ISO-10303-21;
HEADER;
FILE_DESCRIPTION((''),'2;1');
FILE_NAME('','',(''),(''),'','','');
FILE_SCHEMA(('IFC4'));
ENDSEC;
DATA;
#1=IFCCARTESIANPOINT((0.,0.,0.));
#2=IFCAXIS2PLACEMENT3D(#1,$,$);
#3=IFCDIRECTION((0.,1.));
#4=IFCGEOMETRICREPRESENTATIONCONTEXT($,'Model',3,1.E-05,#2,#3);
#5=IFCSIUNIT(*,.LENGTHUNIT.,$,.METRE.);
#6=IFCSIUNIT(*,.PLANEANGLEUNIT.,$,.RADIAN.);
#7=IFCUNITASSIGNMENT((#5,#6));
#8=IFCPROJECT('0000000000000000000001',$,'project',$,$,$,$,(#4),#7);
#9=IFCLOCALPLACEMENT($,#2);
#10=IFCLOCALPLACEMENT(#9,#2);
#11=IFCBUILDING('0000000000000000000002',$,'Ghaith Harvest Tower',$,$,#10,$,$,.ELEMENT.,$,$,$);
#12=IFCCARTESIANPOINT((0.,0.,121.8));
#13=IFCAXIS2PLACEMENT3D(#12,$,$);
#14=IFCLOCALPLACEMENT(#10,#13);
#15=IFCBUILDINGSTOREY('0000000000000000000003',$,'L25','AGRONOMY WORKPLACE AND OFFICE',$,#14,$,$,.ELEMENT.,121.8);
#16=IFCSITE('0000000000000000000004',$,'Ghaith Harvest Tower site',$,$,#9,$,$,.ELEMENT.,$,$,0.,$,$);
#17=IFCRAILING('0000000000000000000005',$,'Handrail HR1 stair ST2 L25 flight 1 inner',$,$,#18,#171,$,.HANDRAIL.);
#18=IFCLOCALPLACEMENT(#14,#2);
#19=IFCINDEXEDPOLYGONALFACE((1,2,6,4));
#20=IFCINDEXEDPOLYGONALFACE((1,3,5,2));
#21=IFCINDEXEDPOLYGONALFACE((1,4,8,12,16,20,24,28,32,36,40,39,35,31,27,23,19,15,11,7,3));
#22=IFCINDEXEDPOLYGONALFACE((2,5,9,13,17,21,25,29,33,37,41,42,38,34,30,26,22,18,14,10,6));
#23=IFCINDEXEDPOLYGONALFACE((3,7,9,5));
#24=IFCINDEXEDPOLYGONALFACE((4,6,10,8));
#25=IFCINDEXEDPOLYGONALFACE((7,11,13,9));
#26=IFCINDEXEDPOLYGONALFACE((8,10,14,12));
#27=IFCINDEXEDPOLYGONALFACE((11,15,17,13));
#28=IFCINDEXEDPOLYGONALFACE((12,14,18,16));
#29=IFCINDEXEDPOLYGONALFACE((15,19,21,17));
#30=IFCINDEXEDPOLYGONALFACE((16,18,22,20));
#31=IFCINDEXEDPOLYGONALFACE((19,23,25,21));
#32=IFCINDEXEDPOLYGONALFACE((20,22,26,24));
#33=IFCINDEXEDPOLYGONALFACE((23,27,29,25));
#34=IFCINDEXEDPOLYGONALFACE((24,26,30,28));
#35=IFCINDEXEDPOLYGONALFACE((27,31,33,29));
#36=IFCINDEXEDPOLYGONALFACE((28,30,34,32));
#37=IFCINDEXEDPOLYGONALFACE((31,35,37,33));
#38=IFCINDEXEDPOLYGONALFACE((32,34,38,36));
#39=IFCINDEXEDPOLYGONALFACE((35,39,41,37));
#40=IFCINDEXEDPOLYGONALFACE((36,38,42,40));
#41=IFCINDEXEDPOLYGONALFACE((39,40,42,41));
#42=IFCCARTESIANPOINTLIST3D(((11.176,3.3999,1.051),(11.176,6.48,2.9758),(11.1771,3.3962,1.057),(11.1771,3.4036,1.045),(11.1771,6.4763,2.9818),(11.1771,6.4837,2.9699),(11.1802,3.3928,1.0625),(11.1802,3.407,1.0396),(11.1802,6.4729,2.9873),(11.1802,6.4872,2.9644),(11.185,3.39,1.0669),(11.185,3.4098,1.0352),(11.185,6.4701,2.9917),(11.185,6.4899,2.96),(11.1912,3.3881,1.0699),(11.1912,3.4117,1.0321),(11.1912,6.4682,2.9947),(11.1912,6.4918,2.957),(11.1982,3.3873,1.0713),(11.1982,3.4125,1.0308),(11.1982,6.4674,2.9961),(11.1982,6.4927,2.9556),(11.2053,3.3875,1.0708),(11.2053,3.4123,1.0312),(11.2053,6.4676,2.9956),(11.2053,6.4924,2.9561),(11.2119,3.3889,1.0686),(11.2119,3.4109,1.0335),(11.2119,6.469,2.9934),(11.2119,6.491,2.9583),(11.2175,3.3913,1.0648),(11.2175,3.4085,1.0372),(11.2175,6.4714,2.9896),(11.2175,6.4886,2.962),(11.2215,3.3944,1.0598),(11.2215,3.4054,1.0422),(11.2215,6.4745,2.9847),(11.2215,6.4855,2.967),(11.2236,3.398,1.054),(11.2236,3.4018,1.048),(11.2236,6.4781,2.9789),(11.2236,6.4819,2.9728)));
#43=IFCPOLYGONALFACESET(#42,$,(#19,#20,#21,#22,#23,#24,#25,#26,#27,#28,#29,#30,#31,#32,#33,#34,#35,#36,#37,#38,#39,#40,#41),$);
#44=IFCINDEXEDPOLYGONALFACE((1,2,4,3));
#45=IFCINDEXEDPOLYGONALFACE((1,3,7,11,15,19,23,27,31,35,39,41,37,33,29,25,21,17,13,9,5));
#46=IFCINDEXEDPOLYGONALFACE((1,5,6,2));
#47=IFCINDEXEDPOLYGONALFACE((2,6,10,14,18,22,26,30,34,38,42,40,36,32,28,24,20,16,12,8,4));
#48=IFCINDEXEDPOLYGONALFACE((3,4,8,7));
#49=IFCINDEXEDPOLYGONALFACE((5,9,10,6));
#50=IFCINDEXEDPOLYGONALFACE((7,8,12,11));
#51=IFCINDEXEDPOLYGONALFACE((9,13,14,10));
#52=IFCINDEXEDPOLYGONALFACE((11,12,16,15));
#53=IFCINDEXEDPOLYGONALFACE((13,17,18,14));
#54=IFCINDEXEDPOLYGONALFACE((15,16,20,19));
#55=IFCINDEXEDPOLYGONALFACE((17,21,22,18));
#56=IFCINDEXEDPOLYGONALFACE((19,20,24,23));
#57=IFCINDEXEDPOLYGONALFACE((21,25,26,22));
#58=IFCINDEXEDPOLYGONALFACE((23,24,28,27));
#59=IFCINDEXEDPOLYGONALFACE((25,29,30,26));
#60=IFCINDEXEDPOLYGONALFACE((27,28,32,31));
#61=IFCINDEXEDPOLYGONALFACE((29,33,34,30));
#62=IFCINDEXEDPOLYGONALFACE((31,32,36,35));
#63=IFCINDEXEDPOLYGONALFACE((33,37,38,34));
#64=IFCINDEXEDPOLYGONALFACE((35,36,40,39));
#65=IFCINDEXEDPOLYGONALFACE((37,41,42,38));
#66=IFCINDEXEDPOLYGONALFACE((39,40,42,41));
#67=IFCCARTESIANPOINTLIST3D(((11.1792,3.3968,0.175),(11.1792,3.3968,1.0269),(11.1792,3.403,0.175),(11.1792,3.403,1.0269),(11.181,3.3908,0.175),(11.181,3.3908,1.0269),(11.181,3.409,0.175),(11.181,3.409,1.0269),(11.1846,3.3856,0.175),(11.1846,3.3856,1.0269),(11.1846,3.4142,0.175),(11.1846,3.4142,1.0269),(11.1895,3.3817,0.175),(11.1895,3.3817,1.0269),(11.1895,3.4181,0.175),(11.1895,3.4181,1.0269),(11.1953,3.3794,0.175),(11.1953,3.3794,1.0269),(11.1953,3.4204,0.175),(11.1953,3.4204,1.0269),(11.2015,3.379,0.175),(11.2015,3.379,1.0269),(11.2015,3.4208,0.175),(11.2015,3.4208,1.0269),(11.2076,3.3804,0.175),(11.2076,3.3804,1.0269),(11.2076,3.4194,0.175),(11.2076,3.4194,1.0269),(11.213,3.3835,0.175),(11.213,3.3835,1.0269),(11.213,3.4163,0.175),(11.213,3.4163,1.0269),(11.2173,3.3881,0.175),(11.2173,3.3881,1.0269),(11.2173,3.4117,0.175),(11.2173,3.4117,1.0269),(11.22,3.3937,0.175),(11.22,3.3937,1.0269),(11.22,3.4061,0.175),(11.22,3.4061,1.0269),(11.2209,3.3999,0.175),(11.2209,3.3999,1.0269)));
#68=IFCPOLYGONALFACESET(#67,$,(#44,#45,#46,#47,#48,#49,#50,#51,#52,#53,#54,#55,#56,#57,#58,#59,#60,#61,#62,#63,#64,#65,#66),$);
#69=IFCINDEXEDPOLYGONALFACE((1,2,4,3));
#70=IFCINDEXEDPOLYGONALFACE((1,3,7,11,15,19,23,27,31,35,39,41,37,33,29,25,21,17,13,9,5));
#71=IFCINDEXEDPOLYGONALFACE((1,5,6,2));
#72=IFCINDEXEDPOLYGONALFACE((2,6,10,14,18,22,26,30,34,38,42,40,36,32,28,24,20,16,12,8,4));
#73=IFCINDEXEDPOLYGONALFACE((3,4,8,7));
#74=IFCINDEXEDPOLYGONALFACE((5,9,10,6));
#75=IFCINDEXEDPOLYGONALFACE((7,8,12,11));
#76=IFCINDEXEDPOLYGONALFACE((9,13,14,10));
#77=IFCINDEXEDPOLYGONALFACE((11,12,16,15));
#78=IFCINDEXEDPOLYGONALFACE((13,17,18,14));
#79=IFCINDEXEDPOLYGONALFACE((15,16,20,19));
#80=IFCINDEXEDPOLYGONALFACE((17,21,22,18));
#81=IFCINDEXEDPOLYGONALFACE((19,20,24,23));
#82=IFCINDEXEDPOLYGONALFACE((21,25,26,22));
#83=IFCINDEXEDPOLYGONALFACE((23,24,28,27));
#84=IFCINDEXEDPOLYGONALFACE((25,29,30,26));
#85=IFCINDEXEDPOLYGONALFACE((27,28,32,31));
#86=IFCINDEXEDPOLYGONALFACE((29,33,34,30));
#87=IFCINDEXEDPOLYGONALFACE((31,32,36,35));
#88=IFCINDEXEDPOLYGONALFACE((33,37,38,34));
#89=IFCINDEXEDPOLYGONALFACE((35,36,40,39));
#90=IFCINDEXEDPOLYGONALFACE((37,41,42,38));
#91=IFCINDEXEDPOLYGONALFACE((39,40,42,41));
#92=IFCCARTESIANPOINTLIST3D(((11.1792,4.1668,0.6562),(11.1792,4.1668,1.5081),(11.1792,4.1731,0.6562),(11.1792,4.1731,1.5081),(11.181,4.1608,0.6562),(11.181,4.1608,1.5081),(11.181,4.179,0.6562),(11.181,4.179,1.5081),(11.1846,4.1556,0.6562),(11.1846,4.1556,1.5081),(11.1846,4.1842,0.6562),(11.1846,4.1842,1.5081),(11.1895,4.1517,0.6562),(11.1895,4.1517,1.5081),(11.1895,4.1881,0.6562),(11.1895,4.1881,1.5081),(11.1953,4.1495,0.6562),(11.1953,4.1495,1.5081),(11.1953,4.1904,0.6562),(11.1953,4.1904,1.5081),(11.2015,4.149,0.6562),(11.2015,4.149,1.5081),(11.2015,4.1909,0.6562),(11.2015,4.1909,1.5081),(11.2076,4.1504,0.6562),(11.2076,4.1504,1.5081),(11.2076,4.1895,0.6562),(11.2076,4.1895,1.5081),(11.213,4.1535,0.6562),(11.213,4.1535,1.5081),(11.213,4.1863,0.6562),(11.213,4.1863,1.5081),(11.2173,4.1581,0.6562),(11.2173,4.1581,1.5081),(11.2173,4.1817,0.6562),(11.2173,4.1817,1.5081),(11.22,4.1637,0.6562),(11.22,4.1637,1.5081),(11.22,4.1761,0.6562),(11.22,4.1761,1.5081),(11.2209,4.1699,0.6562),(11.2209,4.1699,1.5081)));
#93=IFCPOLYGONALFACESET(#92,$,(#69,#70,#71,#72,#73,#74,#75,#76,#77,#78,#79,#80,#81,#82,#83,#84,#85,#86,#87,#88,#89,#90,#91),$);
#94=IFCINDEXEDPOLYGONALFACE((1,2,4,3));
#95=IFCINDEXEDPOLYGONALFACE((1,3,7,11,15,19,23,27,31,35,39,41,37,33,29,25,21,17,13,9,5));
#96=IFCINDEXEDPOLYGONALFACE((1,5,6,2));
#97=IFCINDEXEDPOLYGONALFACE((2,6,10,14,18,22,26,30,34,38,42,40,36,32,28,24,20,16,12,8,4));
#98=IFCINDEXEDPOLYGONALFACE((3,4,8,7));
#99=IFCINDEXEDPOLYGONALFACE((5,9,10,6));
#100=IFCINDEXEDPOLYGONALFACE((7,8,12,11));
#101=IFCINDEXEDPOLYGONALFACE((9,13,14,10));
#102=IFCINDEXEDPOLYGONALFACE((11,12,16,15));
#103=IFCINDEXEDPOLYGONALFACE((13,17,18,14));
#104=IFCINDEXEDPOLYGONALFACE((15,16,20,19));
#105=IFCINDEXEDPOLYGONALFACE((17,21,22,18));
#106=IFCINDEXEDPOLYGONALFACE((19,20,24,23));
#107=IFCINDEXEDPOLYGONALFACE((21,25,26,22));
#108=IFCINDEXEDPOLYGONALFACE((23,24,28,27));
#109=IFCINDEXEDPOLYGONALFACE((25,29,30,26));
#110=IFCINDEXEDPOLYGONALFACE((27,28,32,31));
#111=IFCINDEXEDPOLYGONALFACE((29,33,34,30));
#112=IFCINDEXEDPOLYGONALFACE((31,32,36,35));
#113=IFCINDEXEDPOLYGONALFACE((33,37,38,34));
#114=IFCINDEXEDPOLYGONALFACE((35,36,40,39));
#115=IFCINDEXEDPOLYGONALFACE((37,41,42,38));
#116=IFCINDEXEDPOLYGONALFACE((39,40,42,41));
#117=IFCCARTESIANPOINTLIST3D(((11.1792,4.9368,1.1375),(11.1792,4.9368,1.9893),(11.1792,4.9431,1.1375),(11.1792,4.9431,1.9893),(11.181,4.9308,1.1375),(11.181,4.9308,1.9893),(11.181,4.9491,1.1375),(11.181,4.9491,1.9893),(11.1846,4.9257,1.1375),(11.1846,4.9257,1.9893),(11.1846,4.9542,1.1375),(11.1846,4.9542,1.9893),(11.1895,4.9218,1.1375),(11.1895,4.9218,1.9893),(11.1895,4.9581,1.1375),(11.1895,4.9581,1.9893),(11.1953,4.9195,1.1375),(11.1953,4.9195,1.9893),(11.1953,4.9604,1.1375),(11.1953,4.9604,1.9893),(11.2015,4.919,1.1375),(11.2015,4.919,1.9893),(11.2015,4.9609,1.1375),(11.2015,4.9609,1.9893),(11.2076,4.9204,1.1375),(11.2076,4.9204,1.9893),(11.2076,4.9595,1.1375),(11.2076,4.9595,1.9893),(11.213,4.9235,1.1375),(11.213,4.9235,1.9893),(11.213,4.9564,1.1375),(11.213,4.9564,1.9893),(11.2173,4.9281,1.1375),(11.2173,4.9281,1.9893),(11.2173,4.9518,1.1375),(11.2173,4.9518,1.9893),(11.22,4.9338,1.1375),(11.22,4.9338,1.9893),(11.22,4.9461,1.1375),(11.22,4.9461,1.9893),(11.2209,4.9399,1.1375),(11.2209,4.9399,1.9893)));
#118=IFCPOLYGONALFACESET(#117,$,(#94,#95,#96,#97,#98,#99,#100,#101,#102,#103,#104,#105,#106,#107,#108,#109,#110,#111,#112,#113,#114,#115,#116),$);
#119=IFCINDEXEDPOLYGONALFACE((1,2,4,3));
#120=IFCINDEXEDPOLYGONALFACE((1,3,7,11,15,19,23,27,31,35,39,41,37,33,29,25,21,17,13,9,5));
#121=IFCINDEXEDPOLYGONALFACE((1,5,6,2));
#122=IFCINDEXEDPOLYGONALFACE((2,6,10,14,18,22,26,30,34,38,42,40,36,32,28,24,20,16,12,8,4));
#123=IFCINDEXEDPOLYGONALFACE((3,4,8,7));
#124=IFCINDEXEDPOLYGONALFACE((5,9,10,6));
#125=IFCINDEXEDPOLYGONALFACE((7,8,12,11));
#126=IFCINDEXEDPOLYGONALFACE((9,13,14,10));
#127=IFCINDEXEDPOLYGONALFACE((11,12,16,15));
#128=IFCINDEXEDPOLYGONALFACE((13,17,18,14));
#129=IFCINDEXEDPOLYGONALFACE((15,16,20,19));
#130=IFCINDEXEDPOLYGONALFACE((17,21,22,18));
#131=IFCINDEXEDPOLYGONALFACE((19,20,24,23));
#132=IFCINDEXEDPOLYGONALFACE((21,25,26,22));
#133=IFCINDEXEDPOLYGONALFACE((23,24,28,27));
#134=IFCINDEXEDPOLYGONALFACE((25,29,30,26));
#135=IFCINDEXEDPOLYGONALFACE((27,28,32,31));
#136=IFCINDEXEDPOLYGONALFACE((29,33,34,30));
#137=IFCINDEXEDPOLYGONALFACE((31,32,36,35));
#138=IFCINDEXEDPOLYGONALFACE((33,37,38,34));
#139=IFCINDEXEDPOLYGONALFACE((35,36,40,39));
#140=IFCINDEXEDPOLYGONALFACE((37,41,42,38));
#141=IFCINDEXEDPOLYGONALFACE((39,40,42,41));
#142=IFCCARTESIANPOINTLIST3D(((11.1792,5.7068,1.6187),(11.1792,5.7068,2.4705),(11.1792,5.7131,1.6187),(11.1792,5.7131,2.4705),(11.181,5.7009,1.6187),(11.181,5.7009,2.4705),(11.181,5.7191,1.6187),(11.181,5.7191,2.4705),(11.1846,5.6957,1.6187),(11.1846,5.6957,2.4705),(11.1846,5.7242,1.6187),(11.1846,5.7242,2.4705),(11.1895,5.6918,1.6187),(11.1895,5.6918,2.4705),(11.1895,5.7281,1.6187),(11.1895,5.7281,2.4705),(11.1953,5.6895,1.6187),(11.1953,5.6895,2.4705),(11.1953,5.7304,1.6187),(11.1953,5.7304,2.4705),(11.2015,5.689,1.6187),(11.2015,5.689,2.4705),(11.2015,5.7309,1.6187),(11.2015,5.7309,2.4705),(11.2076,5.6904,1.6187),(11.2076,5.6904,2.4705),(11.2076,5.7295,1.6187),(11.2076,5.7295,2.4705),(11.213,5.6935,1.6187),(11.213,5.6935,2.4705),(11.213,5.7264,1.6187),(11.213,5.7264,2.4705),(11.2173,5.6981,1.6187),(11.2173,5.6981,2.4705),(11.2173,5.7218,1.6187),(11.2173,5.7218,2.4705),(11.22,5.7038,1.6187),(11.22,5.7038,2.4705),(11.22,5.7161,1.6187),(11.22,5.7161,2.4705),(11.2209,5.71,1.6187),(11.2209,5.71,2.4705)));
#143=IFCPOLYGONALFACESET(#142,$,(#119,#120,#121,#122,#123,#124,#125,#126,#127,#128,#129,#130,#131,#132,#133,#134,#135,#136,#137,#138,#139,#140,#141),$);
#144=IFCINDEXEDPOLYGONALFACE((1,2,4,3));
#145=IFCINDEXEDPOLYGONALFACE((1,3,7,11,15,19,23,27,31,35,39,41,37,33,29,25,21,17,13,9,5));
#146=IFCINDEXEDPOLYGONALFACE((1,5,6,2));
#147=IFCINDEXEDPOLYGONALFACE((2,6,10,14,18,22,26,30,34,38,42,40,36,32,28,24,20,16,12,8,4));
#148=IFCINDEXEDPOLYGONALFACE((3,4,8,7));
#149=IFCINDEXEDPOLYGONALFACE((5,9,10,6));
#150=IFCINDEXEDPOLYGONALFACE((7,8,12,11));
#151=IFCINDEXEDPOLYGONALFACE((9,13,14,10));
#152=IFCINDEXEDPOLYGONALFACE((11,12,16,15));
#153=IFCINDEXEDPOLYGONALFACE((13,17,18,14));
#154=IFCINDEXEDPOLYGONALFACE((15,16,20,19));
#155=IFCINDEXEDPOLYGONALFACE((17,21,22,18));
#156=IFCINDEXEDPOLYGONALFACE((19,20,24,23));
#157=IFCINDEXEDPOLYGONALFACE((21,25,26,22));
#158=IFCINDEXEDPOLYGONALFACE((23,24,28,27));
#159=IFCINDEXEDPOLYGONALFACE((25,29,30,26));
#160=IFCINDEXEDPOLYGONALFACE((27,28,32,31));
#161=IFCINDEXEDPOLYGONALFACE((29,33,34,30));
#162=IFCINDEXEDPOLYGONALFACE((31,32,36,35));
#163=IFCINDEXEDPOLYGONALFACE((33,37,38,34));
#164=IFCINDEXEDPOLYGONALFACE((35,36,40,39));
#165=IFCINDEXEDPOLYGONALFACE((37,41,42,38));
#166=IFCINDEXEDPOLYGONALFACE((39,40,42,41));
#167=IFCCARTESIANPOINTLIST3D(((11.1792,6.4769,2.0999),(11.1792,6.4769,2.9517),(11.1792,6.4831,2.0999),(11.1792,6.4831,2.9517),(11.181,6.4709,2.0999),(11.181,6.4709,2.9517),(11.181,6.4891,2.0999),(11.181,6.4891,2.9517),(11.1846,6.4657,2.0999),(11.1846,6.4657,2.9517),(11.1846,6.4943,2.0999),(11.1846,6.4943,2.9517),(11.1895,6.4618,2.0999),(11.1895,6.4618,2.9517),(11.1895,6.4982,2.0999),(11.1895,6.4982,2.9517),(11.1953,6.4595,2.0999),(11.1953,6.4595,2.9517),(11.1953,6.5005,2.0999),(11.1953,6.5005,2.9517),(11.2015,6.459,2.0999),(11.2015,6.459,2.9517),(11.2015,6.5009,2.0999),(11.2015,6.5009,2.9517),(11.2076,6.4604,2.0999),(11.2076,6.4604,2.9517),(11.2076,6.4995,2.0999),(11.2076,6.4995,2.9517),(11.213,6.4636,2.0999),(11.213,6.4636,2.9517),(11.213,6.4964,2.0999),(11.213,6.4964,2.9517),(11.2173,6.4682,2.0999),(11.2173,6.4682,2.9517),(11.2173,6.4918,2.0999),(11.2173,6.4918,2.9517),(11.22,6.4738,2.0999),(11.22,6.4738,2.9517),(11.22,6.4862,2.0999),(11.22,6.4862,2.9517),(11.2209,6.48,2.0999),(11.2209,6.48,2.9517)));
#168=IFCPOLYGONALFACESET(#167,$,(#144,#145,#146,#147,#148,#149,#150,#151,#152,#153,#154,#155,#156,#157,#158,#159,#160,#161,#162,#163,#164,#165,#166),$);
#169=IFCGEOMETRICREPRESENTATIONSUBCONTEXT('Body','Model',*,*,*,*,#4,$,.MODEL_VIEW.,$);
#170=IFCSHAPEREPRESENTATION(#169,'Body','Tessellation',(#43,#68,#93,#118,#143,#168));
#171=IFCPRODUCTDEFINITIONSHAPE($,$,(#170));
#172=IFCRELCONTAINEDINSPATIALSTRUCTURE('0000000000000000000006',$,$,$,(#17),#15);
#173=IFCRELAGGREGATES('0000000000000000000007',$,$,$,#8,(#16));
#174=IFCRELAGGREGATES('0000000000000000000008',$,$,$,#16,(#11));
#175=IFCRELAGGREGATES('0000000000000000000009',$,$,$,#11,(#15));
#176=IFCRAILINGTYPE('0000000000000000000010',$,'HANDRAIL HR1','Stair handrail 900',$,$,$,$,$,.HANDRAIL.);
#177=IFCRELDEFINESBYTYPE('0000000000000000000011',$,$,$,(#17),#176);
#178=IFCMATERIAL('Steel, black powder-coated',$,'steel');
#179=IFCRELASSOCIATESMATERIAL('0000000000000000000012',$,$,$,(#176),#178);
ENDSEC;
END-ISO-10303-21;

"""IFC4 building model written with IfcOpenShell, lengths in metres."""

from ifc_helpers import new_model, si_unit, direction, frame, origin, origin_2d, place, context, subcontext, project, spatial, circle, extrude, material, type_object, element, save


model = new_model("IFC4")

# Units and contexts
model_context = context("Model", 3, precision=1e-05, world=origin(), true_north=direction((0.0, 1.0)))
body_context = subcontext(model_context, "Body", "Model", "MODEL_VIEW")
ifc_project = project(units=[si_unit("LENGTHUNIT", "METRE"), si_unit("PLANEANGLEUNIT", "RADIAN")], contexts=[model_context])

# Site, building, storey
site_placement = place(None, origin())
site = spatial("IfcSite", under=ifc_project, at=site_placement, Name="Ghaith Harvest Tower site", CompositionType="ELEMENT", RefElevation=0.0)
building_placement = place(site_placement, origin())
building = spatial("IfcBuilding", under=site, at=building_placement, Name="Ghaith Harvest Tower", CompositionType="ELEMENT")
storey_placement = place(building_placement, frame((0.0, 0.0, 121.8)))
storey = spatial("IfcBuildingStorey", under=building, at=storey_placement, Name="L25", Description="AGRONOMY WORKPLACE AND OFFICE", CompositionType="ELEMENT", Elevation=121.8)

# Railing
ifc_material_1 = material(Name="Steel, black powder-coated", Category="steel")
railing_type = type_object("IfcRailingType", Name="HANDRAIL HR1", Description="Stair handrail 900", PredefinedType="HANDRAIL", material=ifc_material_1)
railing_1_placement = place(storey_placement, frame((11.2, 3.3999, 0.175)))
element("IfcRailing", 1, at=railing_1_placement, inside=storey, type_object=railing_type, Name="Handrail HR1 stair ST2 L25 flight 1 inner", PredefinedType="HANDRAIL", context=body_context, shape_type="SweptSolid", body=[
    extrude(circle(Radius=0.0239, at=origin_2d()), frame((0.0, 0.0, 0.876), z_axis=(0.0, 0.848029, 0.529951), x_axis=(-1.0, 0.0, 0.0)), (0.0, 0.0, 1.0), 3.6321),
    extrude(circle(Radius=0.021, at=origin_2d()), origin(), (0.0, 0.0, 1.0), 0.8518),
    extrude(circle(Radius=0.021, at=origin_2d()), frame((0.0, 0.77, 0.4812)), (0.0, 0.0, 1.0), 0.8518),
    extrude(circle(Radius=0.021, at=origin_2d()), frame((0.0, 1.54, 0.9624)), (0.0, 0.0, 1.0), 0.8518),
    extrude(circle(Radius=0.021, at=origin_2d()), frame((0.0, 2.3101, 1.4436)), (0.0, 0.0, 1.0), 0.8518),
    extrude(circle(Radius=0.021, at=origin_2d()), frame((0.0, 3.0801, 1.9248)), (0.0, 0.0, 1.0), 0.8518),
])

save(model, "model.ifc")
